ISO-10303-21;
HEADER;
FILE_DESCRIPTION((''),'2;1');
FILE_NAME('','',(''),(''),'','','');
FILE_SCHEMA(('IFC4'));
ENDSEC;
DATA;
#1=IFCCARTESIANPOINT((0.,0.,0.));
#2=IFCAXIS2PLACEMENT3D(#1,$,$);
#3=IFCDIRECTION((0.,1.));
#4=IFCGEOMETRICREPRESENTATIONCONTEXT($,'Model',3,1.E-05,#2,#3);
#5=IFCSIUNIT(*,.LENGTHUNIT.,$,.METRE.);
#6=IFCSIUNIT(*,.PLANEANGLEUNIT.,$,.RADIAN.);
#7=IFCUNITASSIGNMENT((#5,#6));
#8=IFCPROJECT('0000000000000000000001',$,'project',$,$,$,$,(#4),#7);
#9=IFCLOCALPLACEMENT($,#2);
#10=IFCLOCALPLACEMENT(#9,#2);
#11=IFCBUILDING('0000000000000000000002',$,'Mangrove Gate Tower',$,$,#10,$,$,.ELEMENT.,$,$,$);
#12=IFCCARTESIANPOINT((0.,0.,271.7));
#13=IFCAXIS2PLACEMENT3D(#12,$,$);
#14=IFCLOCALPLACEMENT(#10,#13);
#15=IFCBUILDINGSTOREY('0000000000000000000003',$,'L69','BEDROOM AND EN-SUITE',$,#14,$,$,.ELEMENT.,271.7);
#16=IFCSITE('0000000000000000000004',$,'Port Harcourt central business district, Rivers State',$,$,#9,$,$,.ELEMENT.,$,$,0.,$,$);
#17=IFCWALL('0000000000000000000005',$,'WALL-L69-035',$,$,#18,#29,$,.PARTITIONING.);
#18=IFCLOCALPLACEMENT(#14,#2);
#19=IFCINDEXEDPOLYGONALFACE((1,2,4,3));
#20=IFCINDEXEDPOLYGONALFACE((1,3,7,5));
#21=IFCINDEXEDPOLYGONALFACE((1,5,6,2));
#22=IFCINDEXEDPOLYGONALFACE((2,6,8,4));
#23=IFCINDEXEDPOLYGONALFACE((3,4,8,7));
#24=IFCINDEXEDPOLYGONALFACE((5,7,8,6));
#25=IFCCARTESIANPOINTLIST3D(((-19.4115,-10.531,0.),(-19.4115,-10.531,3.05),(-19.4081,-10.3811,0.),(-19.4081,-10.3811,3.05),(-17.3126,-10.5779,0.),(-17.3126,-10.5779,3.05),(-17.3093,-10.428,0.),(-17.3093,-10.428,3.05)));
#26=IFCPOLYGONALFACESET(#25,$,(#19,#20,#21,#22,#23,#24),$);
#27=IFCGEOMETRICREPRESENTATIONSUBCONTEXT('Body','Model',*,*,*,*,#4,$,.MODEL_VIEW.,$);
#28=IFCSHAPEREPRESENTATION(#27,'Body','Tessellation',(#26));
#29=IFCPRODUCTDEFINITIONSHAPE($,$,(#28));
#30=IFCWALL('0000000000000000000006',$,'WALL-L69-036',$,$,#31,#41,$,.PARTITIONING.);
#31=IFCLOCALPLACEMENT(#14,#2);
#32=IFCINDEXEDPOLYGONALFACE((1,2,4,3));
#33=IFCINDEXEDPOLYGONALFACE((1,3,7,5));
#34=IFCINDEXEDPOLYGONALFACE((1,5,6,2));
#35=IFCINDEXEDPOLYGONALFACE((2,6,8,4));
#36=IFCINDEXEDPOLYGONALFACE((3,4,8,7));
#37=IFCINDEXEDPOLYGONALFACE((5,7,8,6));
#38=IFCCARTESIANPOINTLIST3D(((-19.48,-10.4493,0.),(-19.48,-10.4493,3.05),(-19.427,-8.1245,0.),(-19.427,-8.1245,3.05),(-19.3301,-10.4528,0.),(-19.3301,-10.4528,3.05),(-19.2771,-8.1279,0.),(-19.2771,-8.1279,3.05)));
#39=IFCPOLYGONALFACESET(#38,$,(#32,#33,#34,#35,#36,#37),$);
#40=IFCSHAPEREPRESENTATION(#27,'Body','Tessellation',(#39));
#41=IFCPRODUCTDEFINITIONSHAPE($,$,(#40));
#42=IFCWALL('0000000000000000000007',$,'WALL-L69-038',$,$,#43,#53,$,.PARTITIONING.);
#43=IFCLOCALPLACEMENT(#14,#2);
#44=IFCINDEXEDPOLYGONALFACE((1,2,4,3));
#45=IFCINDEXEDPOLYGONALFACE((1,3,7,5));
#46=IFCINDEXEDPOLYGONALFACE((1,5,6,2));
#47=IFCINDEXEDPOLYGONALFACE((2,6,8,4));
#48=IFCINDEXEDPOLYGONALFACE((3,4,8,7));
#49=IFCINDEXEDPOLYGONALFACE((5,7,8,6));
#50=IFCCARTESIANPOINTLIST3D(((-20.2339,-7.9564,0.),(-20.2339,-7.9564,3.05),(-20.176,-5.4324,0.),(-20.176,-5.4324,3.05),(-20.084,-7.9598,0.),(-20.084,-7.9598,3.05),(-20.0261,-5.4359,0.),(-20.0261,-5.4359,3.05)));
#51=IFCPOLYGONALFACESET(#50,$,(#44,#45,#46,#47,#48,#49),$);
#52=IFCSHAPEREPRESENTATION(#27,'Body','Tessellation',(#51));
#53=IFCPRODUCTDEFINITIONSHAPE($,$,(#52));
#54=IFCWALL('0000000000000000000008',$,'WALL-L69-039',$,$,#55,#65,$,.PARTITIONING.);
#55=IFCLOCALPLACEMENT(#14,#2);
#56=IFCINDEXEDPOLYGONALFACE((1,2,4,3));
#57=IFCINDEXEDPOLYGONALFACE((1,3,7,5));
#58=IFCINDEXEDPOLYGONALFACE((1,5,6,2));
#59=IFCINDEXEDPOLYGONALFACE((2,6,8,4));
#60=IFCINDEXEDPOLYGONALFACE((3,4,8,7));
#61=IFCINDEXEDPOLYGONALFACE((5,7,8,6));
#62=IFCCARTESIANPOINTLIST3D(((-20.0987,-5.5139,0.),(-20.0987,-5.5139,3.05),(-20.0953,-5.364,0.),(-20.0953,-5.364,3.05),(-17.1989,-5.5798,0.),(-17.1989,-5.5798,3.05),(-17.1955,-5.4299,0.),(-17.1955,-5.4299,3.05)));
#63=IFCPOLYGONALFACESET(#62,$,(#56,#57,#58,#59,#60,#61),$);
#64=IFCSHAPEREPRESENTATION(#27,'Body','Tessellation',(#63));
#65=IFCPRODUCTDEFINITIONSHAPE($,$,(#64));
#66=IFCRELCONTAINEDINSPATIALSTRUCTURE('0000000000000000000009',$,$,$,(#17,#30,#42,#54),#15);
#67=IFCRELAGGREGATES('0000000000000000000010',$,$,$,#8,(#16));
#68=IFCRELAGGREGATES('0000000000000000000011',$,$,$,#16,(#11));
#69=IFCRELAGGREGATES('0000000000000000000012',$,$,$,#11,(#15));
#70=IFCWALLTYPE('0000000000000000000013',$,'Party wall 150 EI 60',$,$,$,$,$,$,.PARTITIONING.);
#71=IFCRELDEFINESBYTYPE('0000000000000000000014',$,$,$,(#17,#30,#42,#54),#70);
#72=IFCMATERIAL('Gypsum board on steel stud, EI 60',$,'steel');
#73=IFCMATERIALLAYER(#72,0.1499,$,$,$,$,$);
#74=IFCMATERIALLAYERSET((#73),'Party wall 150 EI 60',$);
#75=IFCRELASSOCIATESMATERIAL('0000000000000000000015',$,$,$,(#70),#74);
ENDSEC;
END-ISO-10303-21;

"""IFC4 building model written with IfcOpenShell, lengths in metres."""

from ifc_helpers import new_model, si_unit, direction, frame, frame_2d, origin, place, context, subcontext, project, spatial, rectangle, extrude, material, layer, layer_set, type_object, element, save


model = new_model("IFC4")

# Units and contexts
model_context = context("Model", 3, precision=1e-05, world=origin(), true_north=direction((0.0, 1.0)))
body_context = subcontext(model_context, "Body", "Model", "MODEL_VIEW")
ifc_project = project(units=[si_unit("LENGTHUNIT", "METRE"), si_unit("PLANEANGLEUNIT", "RADIAN")], contexts=[model_context])

# Site, building, storey
site_placement = place(None, origin())
site = spatial("IfcSite", under=ifc_project, at=site_placement, Name="Port Harcourt central business district, Rivers State", CompositionType="ELEMENT", RefElevation=0.0)
building_placement = place(site_placement, origin())
building = spatial("IfcBuilding", under=site, at=building_placement, Name="Mangrove Gate Tower", CompositionType="ELEMENT")
storey_placement = place(building_placement, frame((0.0, 0.0, 271.7)))
storey = spatial("IfcBuildingStorey", under=building, at=storey_placement, Name="L69", Description="BEDROOM AND EN-SUITE", CompositionType="ELEMENT", Elevation=271.7)

# Walls
ifc_material_1 = material(Name="Gypsum board on steel stud, EI 60", Category="steel")
ifc_layer_1 = layer(ifc_material_1, 0.1499)
ifc_layer_set_1 = layer_set([ifc_layer_1], Name="Party wall 150 EI 60")
wall_type_1 = type_object("IfcWallType", Name="Party wall 150 EI 60", PredefinedType="PARTITIONING", material=ifc_layer_set_1)
wall_1_placement = place(storey_placement, frame((-19.4099, -10.4561, 0.0), z_axis=(0.0, 0.0, 1.0), x_axis=(0.999751, -0.022328, 0.0)))
element("IfcWall", 1, at=wall_1_placement, inside=storey, type_object=wall_type_1, Name="WALL-L69-035", PredefinedType="PARTITIONING", context=body_context, shape_type="SweptSolid", body=[
    extrude(rectangle(XDim=2.0994, YDim=0.1499, at=frame_2d((1.0498, 0.0))), origin(), (0.0, 0.0, 1.0), 3.05),
])
wall_2_placement = place(storey_placement, frame((-19.405, -10.4509, 0.0), z_axis=(0.0, 0.0, 1.0), x_axis=(0.022781, 0.99974, 0.0)))
element("IfcWall", 2, at=wall_2_placement, inside=storey, type_object=wall_type_1, Name="WALL-L69-036", PredefinedType="PARTITIONING", context=body_context, shape_type="SweptSolid", body=[
    extrude(rectangle(XDim=2.3254, YDim=0.1499, at=frame_2d((1.1626, 0.0))), origin(), (0.0, 0.0, 1.0), 3.05),
])
wall_3_placement = place(storey_placement, frame((-20.1589, -7.958, 0.0), z_axis=(0.0, 0.0, 1.0), x_axis=(0.022919, 0.999737, 0.0)))
element("IfcWall", 3, at=wall_3_placement, inside=storey, type_object=wall_type_1, Name="WALL-L69-038", PredefinedType="PARTITIONING", context=body_context, shape_type="SweptSolid", body=[
    extrude(rectangle(XDim=2.5247, YDim=0.1499, at=frame_2d((1.2622, 0.0))), origin(), (0.0, 0.0, 1.0), 3.05),
])
wall_4_placement = place(storey_placement, frame((-20.0969, -5.439, 0.0), z_axis=(0.0, 0.0, 1.0), x_axis=(0.999742, -0.022725, 0.0)))
element("IfcWall", 4, at=wall_4_placement, inside=storey, type_object=wall_type_1, Name="WALL-L69-039", PredefinedType="PARTITIONING", context=body_context, shape_type="SweptSolid", body=[
    extrude(rectangle(XDim=2.9006, YDim=0.1499, at=frame_2d((1.4502, 0.0))), origin(), (0.0, 0.0, 1.0), 3.05),
])

save(model, "model.ifc")
